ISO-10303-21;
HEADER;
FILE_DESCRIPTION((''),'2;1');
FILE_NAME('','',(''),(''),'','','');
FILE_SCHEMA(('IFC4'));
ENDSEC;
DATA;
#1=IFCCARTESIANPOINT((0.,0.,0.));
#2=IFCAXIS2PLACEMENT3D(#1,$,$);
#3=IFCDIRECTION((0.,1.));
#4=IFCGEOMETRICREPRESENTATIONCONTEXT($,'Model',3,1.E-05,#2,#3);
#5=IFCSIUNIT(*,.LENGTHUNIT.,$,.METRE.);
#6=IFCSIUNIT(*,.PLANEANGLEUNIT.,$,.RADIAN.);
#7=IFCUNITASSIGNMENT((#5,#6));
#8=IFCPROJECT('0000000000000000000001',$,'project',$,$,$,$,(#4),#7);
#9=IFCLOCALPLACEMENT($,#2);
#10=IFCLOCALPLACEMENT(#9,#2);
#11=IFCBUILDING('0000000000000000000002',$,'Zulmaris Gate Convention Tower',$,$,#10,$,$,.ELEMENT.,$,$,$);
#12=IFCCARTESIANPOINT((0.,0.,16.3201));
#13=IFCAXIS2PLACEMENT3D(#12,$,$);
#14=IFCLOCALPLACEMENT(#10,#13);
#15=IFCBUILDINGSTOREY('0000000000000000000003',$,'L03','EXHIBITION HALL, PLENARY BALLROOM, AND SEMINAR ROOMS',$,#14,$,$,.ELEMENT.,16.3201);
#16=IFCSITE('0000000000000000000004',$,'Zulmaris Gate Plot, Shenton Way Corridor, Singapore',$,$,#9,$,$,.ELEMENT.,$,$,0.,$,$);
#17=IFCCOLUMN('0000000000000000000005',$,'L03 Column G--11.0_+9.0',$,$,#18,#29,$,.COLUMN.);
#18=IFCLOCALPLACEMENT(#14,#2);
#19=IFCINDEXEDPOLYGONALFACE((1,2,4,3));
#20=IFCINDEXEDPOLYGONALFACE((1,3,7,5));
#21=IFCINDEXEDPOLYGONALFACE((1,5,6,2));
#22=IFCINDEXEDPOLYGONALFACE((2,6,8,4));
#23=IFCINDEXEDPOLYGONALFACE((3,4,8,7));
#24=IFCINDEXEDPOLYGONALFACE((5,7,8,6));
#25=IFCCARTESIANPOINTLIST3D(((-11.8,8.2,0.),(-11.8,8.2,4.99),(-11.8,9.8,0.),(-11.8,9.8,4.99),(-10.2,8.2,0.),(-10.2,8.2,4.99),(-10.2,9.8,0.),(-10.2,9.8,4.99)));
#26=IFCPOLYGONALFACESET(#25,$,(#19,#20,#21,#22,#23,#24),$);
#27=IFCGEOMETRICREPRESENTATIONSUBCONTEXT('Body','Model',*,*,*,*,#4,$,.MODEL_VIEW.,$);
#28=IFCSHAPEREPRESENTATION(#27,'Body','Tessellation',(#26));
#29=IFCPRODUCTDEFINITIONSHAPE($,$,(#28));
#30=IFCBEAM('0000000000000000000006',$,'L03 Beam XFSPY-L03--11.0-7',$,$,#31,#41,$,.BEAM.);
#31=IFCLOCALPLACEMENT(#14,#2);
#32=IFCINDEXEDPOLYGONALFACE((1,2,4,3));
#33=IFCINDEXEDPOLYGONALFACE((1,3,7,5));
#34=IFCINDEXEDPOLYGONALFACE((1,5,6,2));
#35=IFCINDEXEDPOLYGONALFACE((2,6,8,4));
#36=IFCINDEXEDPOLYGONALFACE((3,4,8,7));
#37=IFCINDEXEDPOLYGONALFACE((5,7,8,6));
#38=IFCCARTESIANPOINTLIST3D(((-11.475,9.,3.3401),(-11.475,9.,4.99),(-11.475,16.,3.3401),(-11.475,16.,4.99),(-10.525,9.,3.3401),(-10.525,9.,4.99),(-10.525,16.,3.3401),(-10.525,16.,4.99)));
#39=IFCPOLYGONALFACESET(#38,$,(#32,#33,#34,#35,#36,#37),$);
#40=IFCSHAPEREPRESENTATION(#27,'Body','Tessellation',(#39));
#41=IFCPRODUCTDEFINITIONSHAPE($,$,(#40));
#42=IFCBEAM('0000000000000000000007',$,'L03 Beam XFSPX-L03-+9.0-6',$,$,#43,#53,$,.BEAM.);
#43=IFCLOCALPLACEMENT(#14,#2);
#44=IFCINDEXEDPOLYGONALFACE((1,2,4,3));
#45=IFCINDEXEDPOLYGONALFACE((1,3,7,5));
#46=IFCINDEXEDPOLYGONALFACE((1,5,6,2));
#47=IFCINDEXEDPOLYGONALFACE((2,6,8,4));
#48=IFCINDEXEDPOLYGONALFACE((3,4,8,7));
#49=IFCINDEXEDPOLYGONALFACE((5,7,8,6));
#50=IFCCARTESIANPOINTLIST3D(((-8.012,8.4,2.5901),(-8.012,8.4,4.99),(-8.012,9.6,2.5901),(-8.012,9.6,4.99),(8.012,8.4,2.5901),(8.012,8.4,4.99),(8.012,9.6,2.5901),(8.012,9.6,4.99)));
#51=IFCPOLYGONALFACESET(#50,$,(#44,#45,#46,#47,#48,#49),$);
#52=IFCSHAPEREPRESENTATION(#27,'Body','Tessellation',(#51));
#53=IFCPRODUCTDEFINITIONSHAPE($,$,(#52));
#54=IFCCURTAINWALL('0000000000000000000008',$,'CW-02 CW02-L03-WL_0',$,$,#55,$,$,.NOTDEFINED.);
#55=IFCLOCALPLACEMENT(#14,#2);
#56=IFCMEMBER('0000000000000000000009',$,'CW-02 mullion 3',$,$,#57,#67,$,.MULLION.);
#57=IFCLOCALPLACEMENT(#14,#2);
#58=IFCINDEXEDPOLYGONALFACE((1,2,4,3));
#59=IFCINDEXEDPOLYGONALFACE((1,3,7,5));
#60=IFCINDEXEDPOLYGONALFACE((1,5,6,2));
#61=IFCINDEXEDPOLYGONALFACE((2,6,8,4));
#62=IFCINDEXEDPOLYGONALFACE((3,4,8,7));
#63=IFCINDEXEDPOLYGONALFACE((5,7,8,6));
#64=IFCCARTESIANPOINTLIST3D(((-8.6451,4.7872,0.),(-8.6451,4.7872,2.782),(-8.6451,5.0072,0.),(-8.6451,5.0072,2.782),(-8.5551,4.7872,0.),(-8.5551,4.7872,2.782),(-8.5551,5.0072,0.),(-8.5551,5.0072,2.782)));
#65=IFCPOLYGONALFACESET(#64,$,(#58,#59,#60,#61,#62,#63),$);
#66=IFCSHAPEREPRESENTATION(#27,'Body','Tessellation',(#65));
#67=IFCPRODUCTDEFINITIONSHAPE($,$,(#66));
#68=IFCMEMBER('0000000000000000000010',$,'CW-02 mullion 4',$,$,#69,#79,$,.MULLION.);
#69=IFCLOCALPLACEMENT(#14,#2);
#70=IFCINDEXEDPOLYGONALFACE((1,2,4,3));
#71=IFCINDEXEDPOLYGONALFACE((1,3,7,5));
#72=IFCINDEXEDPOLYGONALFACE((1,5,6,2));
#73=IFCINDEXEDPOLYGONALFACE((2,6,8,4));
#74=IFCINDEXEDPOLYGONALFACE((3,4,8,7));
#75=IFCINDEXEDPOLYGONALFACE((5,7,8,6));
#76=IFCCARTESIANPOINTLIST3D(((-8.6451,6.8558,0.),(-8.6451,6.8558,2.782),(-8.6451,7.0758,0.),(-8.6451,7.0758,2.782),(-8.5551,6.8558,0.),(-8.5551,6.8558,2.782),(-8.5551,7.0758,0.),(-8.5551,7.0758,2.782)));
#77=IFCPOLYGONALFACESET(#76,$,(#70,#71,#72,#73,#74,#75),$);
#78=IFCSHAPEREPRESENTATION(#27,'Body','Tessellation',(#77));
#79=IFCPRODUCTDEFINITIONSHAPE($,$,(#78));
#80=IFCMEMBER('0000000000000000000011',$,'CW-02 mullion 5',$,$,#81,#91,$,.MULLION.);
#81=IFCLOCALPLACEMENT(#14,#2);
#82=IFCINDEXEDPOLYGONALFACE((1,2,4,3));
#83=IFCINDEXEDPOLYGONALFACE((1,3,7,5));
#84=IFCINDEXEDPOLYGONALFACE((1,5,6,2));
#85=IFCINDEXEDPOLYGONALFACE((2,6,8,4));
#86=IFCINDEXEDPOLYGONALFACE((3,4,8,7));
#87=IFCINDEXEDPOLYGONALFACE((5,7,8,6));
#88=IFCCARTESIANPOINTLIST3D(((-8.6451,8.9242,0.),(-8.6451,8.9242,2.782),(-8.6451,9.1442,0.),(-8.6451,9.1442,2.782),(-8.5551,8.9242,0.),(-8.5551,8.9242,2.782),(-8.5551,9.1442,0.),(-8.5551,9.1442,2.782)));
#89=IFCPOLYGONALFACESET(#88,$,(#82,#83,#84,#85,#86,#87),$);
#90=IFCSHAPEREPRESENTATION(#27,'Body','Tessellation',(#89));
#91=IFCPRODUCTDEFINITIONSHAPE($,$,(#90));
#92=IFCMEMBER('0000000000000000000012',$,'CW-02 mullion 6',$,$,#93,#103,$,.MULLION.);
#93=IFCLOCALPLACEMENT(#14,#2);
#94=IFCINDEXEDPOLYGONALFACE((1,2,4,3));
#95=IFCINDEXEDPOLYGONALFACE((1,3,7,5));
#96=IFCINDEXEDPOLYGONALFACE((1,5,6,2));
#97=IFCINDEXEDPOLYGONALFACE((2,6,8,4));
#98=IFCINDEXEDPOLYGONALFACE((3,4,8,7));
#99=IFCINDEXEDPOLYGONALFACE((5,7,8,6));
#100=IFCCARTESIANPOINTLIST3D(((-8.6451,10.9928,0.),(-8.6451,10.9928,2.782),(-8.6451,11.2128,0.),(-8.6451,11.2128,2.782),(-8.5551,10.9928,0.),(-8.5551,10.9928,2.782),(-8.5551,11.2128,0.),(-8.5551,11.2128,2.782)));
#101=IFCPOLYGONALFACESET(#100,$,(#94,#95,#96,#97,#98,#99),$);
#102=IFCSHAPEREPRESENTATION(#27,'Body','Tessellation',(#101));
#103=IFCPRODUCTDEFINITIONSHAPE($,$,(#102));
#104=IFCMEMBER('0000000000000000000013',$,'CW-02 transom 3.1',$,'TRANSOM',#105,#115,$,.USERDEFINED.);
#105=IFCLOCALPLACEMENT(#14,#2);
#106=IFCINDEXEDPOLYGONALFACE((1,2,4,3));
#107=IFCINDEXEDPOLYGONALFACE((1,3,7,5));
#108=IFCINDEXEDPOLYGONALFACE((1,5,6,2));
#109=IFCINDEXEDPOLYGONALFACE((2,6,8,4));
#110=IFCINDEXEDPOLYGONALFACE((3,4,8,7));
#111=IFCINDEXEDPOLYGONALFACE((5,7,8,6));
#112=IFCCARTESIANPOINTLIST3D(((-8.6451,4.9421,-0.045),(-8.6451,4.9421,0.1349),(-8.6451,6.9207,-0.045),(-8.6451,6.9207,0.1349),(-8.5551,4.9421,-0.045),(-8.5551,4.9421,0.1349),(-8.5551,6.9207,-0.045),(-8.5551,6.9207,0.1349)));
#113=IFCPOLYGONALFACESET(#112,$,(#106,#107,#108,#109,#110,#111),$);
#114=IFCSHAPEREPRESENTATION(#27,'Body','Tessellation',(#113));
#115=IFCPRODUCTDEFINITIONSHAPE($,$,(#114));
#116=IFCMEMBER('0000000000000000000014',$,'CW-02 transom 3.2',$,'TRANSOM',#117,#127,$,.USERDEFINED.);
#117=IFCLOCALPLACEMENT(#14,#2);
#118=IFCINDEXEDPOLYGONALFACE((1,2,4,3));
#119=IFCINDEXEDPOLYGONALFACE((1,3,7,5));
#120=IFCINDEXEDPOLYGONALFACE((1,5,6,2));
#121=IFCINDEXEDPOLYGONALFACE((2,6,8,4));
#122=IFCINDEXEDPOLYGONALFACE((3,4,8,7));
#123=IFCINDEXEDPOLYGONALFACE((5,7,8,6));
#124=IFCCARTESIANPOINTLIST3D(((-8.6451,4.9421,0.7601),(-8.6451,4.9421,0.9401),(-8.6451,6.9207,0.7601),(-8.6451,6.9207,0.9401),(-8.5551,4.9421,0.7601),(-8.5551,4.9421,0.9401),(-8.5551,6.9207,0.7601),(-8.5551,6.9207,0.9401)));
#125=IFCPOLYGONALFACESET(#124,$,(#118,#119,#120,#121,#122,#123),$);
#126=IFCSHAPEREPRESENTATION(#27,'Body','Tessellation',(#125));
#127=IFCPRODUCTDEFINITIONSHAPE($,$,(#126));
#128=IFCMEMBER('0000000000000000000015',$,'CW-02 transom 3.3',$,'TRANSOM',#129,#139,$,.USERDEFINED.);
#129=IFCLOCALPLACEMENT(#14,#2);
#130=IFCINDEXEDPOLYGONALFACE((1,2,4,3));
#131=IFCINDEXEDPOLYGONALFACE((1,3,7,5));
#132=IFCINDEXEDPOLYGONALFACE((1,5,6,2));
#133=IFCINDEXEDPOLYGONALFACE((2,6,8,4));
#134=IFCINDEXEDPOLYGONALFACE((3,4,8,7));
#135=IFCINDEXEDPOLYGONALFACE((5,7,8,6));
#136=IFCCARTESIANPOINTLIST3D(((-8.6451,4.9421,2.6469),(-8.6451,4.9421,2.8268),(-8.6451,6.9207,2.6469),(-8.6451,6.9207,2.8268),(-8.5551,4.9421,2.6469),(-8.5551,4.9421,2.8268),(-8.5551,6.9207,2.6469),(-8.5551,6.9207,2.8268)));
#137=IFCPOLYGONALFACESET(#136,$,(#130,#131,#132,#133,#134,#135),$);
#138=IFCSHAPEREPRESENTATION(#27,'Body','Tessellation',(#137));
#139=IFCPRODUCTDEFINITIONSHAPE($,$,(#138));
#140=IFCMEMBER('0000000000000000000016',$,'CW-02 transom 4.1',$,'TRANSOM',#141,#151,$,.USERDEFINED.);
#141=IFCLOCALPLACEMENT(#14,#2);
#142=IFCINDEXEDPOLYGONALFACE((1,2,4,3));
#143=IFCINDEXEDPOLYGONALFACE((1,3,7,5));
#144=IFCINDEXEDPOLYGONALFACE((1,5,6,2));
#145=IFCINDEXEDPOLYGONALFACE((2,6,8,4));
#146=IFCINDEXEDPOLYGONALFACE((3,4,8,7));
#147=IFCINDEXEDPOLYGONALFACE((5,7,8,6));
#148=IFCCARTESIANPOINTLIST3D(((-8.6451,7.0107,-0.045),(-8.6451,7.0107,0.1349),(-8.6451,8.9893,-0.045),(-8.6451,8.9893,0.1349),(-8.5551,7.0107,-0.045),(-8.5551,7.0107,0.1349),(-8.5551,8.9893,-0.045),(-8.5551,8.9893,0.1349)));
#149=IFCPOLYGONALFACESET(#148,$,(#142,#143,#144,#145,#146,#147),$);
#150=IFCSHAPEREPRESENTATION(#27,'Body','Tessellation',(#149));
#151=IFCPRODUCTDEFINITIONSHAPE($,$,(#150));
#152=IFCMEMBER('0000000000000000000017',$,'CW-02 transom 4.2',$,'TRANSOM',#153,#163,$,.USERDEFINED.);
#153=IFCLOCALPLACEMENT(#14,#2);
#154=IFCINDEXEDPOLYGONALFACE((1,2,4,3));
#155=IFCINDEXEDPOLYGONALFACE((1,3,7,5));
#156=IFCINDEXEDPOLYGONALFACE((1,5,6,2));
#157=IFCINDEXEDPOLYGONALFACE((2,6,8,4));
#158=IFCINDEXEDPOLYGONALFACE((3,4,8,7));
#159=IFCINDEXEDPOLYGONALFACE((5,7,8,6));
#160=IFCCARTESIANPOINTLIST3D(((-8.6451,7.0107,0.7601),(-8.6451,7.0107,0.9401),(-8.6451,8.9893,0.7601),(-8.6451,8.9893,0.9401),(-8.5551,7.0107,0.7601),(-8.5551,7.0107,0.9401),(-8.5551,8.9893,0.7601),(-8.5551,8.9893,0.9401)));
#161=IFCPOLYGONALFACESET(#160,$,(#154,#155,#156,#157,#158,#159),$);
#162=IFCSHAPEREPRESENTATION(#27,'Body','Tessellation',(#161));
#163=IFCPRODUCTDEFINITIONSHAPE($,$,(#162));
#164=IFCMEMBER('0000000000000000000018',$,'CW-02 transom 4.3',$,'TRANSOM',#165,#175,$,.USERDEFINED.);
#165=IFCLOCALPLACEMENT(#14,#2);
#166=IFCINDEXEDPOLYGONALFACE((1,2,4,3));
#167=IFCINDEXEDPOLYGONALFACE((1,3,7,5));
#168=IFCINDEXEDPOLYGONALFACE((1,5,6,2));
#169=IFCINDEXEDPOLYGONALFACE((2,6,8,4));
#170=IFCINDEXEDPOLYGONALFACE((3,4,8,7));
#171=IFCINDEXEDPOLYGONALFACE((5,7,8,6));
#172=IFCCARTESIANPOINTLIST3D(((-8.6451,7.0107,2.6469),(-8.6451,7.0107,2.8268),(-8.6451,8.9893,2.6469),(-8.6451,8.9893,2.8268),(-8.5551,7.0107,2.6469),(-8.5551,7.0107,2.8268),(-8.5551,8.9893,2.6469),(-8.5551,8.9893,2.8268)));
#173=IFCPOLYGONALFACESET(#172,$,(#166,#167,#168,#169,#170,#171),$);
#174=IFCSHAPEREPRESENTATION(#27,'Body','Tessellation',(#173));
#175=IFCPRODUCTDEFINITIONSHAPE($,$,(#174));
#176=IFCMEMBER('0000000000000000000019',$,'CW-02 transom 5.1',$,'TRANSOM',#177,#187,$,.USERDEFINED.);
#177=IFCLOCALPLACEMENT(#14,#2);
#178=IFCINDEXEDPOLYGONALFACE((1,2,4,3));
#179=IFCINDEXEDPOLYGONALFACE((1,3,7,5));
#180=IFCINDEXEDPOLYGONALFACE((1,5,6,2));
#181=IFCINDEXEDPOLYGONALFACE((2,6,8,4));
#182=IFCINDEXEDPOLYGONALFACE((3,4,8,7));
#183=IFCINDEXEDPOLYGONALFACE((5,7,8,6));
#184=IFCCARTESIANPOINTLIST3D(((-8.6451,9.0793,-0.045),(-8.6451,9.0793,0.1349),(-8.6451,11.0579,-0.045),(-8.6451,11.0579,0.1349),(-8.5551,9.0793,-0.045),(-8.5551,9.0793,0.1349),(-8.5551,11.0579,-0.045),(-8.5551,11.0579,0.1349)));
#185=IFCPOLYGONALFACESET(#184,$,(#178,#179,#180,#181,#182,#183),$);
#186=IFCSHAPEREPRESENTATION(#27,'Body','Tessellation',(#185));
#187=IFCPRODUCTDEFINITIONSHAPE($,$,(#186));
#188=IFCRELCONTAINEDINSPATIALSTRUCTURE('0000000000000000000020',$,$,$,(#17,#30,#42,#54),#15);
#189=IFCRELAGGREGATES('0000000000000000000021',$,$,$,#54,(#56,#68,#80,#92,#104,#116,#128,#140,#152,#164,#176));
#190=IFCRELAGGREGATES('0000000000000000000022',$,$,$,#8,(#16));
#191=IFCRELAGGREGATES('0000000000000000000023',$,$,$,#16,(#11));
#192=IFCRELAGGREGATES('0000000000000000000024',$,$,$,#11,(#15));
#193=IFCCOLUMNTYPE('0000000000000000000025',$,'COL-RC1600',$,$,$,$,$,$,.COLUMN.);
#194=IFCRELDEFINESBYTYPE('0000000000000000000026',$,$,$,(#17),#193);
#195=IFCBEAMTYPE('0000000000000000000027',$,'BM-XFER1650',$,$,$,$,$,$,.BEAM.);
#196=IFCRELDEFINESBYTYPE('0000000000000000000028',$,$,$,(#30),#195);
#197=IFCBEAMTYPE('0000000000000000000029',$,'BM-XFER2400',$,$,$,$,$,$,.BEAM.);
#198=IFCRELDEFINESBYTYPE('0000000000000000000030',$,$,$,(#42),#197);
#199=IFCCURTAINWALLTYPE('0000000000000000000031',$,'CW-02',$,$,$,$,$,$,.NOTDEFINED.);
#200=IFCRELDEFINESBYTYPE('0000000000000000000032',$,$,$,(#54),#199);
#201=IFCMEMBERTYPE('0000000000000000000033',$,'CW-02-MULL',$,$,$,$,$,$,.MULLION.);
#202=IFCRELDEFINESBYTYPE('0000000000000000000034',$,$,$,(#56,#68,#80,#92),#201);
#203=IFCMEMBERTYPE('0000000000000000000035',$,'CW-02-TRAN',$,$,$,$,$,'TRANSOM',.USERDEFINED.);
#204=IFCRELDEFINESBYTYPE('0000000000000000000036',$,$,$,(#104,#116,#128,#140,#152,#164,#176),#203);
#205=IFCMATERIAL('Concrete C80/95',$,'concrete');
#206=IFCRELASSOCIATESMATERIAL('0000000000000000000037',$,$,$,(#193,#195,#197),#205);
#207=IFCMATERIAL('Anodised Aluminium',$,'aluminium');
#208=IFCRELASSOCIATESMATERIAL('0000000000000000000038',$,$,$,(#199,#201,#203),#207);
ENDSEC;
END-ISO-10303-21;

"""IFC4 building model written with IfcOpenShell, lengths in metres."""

from ifc_helpers import new_model, si_unit, direction, frame, origin, origin_2d, place, context, subcontext, project, spatial, rectangle, extrude, material, material_profile, profile_set, type_object, element, aggregate, save


model = new_model("IFC4")

# Units and contexts
model_context = context("Model", 3, precision=1e-05, world=origin(), true_north=direction((0.0, 1.0)))
body_context = subcontext(model_context, "Body", "Model", "MODEL_VIEW")
ifc_project = project(units=[si_unit("LENGTHUNIT", "METRE"), si_unit("PLANEANGLEUNIT", "RADIAN")], contexts=[model_context])

# Site, building, storey
site_placement = place(None, origin())
site = spatial("IfcSite", under=ifc_project, at=site_placement, Name="Zulmaris Gate Plot, Shenton Way Corridor, Singapore", CompositionType="ELEMENT", RefElevation=0.0)
building_placement = place(site_placement, origin())
building = spatial("IfcBuilding", under=site, at=building_placement, Name="Zulmaris Gate Convention Tower", CompositionType="ELEMENT")
storey_placement = place(building_placement, frame((0.0, 0.0, 16.3201)))
storey = spatial("IfcBuildingStorey", under=building, at=storey_placement, Name="L03", Description="EXHIBITION HALL, PLENARY BALLROOM, AND SEMINAR ROOMS", CompositionType="ELEMENT", Elevation=16.3201)

# Column
ifc_material_1 = material(Name="Concrete C80/95", Category="concrete")
ifc_material_profile_1 = material_profile(ifc_material_1, rectangle(XDim=1.6001, YDim=1.6001, at=origin_2d()), Name="RC COL 1600x1600")
ifc_profile_set_1 = profile_set([ifc_material_profile_1], Name="Concrete C80/95")
column_type = type_object("IfcColumnType", Name="COL-RC1600", PredefinedType="COLUMN", material=ifc_profile_set_1)
column_placement = place(storey_placement, frame((-11.0, 9.0, 0.0), z_axis=(0.0, 0.0, 1.0), x_axis=(1.0, 0.0, 0.0)))
element("IfcColumn", 1, at=column_placement, inside=storey, type_object=column_type, Name="L03 Column G--11.0_+9.0", PredefinedType="COLUMN", context=body_context, shape_type="SweptSolid", body=[
    extrude(rectangle(XDim=1.6001, YDim=1.6001, at=origin_2d()), origin(), (0.0, 0.0, 1.0), 4.99),
])

# Beams
ifc_material_profile_2 = material_profile(ifc_material_1, rectangle(XDim=0.95, YDim=1.6499, at=origin_2d()), Name="RC TRANSFER 950x1650")
ifc_profile_set_2 = profile_set([ifc_material_profile_2], Name="Concrete C80/95")
beam_type_1 = type_object("IfcBeamType", Name="BM-XFER1650", PredefinedType="BEAM", material=ifc_profile_set_2)
beam_1_placement = place(storey_placement, frame((-11.0, 9.0, 4.165), z_axis=(0.0, 1.0, 0.0), x_axis=(-1.0, 0.0, 0.0)))
element("IfcBeam", 2, at=beam_1_placement, inside=storey, type_object=beam_type_1, Name="L03 Beam XFSPY-L03--11.0-7", PredefinedType="BEAM", context=body_context, shape_type="SweptSolid", body=[
    extrude(rectangle(XDim=0.95, YDim=1.6499, at=origin_2d()), origin(), (0.0, 0.0, 1.0), 7.0),
])
ifc_material_profile_3 = material_profile(ifc_material_1, rectangle(XDim=1.2, YDim=2.3999, at=origin_2d()), Name="RC TRANSFER 1200x2400")
ifc_profile_set_3 = profile_set([ifc_material_profile_3], Name="Concrete C80/95")
beam_type_2 = type_object("IfcBeamType", Name="BM-XFER2400", PredefinedType="BEAM", material=ifc_profile_set_3)
beam_2_placement = place(storey_placement, frame((-8.012, 9.0, 3.79), z_axis=(1.0, 0.0, 0.0), x_axis=(0.0, 1.0, 0.0)))
element("IfcBeam", 3, at=beam_2_placement, inside=storey, type_object=beam_type_2, Name="L03 Beam XFSPX-L03-+9.0-6", PredefinedType="BEAM", context=body_context, shape_type="SweptSolid", body=[
    extrude(rectangle(XDim=1.2, YDim=2.3999, at=origin_2d()), origin(), (0.0, 0.0, 1.0), 16.0239),
])

# Curtain wall, members
ifc_material_2 = material(Name="Anodised Aluminium", Category="aluminium")
curtain_wall_type = type_object("IfcCurtainWallType", Name="CW-02", PredefinedType="NOTDEFINED", material=ifc_material_2)
curtain_wall_placement = place(storey_placement, origin())
curtain_wall = element("IfcCurtainWall", 4, at=curtain_wall_placement, inside=storey, type_object=curtain_wall_type, Name="CW-02 CW02-L03-WL_0", PredefinedType="NOTDEFINED")
ifc_material_profile_4 = material_profile(ifc_material_2, rectangle(XDim=0.0901, YDim=0.22, at=origin_2d()), Name="ALU MULLION 90x220")
ifc_profile_set_4 = profile_set([ifc_material_profile_4], Name="Anodised Aluminium")
member_type_1 = type_object("IfcMemberType", Name="CW-02-MULL", PredefinedType="MULLION", material=ifc_profile_set_4)
member_1_placement = place(storey_placement, frame((-8.6001, 4.8972, 0.0), z_axis=(0.0, 0.0, 1.0), x_axis=(-1.0, 0.0, 0.0)))
member_1 = element("IfcMember", 5, at=member_1_placement, type_object=member_type_1, Name="CW-02 mullion 3", PredefinedType="MULLION", context=body_context, shape_type="SweptSolid", body=[
    extrude(rectangle(XDim=0.0901, YDim=0.22, at=origin_2d()), origin(), (0.0, 0.0, 1.0), 2.782),
])
member_2_placement = place(storey_placement, frame((-8.6001, 6.9658, 0.0), z_axis=(0.0, 0.0, 1.0), x_axis=(-1.0, 0.0, 0.0)))
member_2 = element("IfcMember", 6, at=member_2_placement, type_object=member_type_1, Name="CW-02 mullion 4", PredefinedType="MULLION", context=body_context, shape_type="SweptSolid", body=[
    extrude(rectangle(XDim=0.0901, YDim=0.22, at=origin_2d()), origin(), (0.0, 0.0, 1.0), 2.782),
])
member_3_placement = place(storey_placement, frame((-8.6001, 9.0342, 0.0), z_axis=(0.0, 0.0, 1.0), x_axis=(-1.0, 0.0, 0.0)))
member_3 = element("IfcMember", 7, at=member_3_placement, type_object=member_type_1, Name="CW-02 mullion 5", PredefinedType="MULLION", context=body_context, shape_type="SweptSolid", body=[
    extrude(rectangle(XDim=0.0901, YDim=0.22, at=origin_2d()), origin(), (0.0, 0.0, 1.0), 2.782),
])
member_4_placement = place(storey_placement, frame((-8.6001, 11.1028, 0.0), z_axis=(0.0, 0.0, 1.0), x_axis=(-1.0, 0.0, 0.0)))
member_4 = element("IfcMember", 8, at=member_4_placement, type_object=member_type_1, Name="CW-02 mullion 6", PredefinedType="MULLION", context=body_context, shape_type="SweptSolid", body=[
    extrude(rectangle(XDim=0.0901, YDim=0.22, at=origin_2d()), origin(), (0.0, 0.0, 1.0), 2.782),
])
ifc_material_profile_5 = material_profile(ifc_material_2, rectangle(XDim=0.0901, YDim=0.1799, at=origin_2d()), Name="ALU TRANSOM 90x180")
ifc_profile_set_5 = profile_set([ifc_material_profile_5], Name="Anodised Aluminium")
member_type_2 = type_object("IfcMemberType", Name="CW-02-TRAN", ElementType="TRANSOM", PredefinedType="USERDEFINED", material=ifc_profile_set_5)
member_5_placement = place(storey_placement, frame((-8.6001, 4.9421, 0.0449), z_axis=(0.0, 1.0, 0.0), x_axis=(-1.0, 0.0, 0.0)))
member_5 = element("IfcMember", 9, at=member_5_placement, type_object=member_type_2, Name="CW-02 transom 3.1", ObjectType="TRANSOM", PredefinedType="USERDEFINED", context=body_context, shape_type="SweptSolid", body=[
    extrude(rectangle(XDim=0.0901, YDim=0.1799, at=origin_2d()), origin(), (0.0, 0.0, 1.0), 1.9785),
])
member_6_placement = place(storey_placement, frame((-8.6001, 4.9421, 0.8501), z_axis=(0.0, 1.0, 0.0), x_axis=(-1.0, 0.0, 0.0)))
member_6 = element("IfcMember", 10, at=member_6_placement, type_object=member_type_2, Name="CW-02 transom 3.2", ObjectType="TRANSOM", PredefinedType="USERDEFINED", context=body_context, shape_type="SweptSolid", body=[
    extrude(rectangle(XDim=0.0901, YDim=0.1799, at=origin_2d()), origin(), (0.0, 0.0, 1.0), 1.9785),
])
member_7_placement = place(storey_placement, frame((-8.6001, 4.9421, 2.7368), z_axis=(0.0, 1.0, 0.0), x_axis=(-1.0, 0.0, 0.0)))
member_7 = element("IfcMember", 11, at=member_7_placement, type_object=member_type_2, Name="CW-02 transom 3.3", ObjectType="TRANSOM", PredefinedType="USERDEFINED", context=body_context, shape_type="SweptSolid", body=[
    extrude(rectangle(XDim=0.0901, YDim=0.1799, at=origin_2d()), origin(), (0.0, 0.0, 1.0), 1.9785),
])
member_8_placement = place(storey_placement, frame((-8.6001, 7.0107, 0.0449), z_axis=(0.0, 1.0, 0.0), x_axis=(-1.0, 0.0, 0.0)))
member_8 = element("IfcMember", 12, at=member_8_placement, type_object=member_type_2, Name="CW-02 transom 4.1", ObjectType="TRANSOM", PredefinedType="USERDEFINED", context=body_context, shape_type="SweptSolid", body=[
    extrude(rectangle(XDim=0.0901, YDim=0.1799, at=origin_2d()), origin(), (0.0, 0.0, 1.0), 1.9785),
])
member_9_placement = place(storey_placement, frame((-8.6001, 7.0107, 0.8501), z_axis=(0.0, 1.0, 0.0), x_axis=(-1.0, 0.0, 0.0)))
member_9 = element("IfcMember", 13, at=member_9_placement, type_object=member_type_2, Name="CW-02 transom 4.2", ObjectType="TRANSOM", PredefinedType="USERDEFINED", context=body_context, shape_type="SweptSolid", body=[
    extrude(rectangle(XDim=0.0901, YDim=0.1799, at=origin_2d()), origin(), (0.0, 0.0, 1.0), 1.9785),
])
member_10_placement = place(storey_placement, frame((-8.6001, 7.0107, 2.7368), z_axis=(0.0, 1.0, 0.0), x_axis=(-1.0, 0.0, 0.0)))
member_10 = element("IfcMember", 14, at=member_10_placement, type_object=member_type_2, Name="CW-02 transom 4.3", ObjectType="TRANSOM", PredefinedType="USERDEFINED", context=body_context, shape_type="SweptSolid", body=[
    extrude(rectangle(XDim=0.0901, YDim=0.1799, at=origin_2d()), origin(), (0.0, 0.0, 1.0), 1.9785),
])
member_11_placement = place(storey_placement, frame((-8.6001, 9.0793, 0.0449), z_axis=(0.0, 1.0, 0.0), x_axis=(-1.0, 0.0, 0.0)))
member_11 = element("IfcMember", 15, at=member_11_placement, type_object=member_type_2, Name="CW-02 transom 5.1", ObjectType="TRANSOM", PredefinedType="USERDEFINED", context=body_context, shape_type="SweptSolid", body=[
    extrude(rectangle(XDim=0.0901, YDim=0.1799, at=origin_2d()), origin(), (0.0, 0.0, 1.0), 1.9785),
])
aggregate(curtain_wall, [member_1, member_2, member_3, member_4, member_5, member_6, member_7, member_8, member_9, member_10, member_11])

save(model, "model.ifc")
